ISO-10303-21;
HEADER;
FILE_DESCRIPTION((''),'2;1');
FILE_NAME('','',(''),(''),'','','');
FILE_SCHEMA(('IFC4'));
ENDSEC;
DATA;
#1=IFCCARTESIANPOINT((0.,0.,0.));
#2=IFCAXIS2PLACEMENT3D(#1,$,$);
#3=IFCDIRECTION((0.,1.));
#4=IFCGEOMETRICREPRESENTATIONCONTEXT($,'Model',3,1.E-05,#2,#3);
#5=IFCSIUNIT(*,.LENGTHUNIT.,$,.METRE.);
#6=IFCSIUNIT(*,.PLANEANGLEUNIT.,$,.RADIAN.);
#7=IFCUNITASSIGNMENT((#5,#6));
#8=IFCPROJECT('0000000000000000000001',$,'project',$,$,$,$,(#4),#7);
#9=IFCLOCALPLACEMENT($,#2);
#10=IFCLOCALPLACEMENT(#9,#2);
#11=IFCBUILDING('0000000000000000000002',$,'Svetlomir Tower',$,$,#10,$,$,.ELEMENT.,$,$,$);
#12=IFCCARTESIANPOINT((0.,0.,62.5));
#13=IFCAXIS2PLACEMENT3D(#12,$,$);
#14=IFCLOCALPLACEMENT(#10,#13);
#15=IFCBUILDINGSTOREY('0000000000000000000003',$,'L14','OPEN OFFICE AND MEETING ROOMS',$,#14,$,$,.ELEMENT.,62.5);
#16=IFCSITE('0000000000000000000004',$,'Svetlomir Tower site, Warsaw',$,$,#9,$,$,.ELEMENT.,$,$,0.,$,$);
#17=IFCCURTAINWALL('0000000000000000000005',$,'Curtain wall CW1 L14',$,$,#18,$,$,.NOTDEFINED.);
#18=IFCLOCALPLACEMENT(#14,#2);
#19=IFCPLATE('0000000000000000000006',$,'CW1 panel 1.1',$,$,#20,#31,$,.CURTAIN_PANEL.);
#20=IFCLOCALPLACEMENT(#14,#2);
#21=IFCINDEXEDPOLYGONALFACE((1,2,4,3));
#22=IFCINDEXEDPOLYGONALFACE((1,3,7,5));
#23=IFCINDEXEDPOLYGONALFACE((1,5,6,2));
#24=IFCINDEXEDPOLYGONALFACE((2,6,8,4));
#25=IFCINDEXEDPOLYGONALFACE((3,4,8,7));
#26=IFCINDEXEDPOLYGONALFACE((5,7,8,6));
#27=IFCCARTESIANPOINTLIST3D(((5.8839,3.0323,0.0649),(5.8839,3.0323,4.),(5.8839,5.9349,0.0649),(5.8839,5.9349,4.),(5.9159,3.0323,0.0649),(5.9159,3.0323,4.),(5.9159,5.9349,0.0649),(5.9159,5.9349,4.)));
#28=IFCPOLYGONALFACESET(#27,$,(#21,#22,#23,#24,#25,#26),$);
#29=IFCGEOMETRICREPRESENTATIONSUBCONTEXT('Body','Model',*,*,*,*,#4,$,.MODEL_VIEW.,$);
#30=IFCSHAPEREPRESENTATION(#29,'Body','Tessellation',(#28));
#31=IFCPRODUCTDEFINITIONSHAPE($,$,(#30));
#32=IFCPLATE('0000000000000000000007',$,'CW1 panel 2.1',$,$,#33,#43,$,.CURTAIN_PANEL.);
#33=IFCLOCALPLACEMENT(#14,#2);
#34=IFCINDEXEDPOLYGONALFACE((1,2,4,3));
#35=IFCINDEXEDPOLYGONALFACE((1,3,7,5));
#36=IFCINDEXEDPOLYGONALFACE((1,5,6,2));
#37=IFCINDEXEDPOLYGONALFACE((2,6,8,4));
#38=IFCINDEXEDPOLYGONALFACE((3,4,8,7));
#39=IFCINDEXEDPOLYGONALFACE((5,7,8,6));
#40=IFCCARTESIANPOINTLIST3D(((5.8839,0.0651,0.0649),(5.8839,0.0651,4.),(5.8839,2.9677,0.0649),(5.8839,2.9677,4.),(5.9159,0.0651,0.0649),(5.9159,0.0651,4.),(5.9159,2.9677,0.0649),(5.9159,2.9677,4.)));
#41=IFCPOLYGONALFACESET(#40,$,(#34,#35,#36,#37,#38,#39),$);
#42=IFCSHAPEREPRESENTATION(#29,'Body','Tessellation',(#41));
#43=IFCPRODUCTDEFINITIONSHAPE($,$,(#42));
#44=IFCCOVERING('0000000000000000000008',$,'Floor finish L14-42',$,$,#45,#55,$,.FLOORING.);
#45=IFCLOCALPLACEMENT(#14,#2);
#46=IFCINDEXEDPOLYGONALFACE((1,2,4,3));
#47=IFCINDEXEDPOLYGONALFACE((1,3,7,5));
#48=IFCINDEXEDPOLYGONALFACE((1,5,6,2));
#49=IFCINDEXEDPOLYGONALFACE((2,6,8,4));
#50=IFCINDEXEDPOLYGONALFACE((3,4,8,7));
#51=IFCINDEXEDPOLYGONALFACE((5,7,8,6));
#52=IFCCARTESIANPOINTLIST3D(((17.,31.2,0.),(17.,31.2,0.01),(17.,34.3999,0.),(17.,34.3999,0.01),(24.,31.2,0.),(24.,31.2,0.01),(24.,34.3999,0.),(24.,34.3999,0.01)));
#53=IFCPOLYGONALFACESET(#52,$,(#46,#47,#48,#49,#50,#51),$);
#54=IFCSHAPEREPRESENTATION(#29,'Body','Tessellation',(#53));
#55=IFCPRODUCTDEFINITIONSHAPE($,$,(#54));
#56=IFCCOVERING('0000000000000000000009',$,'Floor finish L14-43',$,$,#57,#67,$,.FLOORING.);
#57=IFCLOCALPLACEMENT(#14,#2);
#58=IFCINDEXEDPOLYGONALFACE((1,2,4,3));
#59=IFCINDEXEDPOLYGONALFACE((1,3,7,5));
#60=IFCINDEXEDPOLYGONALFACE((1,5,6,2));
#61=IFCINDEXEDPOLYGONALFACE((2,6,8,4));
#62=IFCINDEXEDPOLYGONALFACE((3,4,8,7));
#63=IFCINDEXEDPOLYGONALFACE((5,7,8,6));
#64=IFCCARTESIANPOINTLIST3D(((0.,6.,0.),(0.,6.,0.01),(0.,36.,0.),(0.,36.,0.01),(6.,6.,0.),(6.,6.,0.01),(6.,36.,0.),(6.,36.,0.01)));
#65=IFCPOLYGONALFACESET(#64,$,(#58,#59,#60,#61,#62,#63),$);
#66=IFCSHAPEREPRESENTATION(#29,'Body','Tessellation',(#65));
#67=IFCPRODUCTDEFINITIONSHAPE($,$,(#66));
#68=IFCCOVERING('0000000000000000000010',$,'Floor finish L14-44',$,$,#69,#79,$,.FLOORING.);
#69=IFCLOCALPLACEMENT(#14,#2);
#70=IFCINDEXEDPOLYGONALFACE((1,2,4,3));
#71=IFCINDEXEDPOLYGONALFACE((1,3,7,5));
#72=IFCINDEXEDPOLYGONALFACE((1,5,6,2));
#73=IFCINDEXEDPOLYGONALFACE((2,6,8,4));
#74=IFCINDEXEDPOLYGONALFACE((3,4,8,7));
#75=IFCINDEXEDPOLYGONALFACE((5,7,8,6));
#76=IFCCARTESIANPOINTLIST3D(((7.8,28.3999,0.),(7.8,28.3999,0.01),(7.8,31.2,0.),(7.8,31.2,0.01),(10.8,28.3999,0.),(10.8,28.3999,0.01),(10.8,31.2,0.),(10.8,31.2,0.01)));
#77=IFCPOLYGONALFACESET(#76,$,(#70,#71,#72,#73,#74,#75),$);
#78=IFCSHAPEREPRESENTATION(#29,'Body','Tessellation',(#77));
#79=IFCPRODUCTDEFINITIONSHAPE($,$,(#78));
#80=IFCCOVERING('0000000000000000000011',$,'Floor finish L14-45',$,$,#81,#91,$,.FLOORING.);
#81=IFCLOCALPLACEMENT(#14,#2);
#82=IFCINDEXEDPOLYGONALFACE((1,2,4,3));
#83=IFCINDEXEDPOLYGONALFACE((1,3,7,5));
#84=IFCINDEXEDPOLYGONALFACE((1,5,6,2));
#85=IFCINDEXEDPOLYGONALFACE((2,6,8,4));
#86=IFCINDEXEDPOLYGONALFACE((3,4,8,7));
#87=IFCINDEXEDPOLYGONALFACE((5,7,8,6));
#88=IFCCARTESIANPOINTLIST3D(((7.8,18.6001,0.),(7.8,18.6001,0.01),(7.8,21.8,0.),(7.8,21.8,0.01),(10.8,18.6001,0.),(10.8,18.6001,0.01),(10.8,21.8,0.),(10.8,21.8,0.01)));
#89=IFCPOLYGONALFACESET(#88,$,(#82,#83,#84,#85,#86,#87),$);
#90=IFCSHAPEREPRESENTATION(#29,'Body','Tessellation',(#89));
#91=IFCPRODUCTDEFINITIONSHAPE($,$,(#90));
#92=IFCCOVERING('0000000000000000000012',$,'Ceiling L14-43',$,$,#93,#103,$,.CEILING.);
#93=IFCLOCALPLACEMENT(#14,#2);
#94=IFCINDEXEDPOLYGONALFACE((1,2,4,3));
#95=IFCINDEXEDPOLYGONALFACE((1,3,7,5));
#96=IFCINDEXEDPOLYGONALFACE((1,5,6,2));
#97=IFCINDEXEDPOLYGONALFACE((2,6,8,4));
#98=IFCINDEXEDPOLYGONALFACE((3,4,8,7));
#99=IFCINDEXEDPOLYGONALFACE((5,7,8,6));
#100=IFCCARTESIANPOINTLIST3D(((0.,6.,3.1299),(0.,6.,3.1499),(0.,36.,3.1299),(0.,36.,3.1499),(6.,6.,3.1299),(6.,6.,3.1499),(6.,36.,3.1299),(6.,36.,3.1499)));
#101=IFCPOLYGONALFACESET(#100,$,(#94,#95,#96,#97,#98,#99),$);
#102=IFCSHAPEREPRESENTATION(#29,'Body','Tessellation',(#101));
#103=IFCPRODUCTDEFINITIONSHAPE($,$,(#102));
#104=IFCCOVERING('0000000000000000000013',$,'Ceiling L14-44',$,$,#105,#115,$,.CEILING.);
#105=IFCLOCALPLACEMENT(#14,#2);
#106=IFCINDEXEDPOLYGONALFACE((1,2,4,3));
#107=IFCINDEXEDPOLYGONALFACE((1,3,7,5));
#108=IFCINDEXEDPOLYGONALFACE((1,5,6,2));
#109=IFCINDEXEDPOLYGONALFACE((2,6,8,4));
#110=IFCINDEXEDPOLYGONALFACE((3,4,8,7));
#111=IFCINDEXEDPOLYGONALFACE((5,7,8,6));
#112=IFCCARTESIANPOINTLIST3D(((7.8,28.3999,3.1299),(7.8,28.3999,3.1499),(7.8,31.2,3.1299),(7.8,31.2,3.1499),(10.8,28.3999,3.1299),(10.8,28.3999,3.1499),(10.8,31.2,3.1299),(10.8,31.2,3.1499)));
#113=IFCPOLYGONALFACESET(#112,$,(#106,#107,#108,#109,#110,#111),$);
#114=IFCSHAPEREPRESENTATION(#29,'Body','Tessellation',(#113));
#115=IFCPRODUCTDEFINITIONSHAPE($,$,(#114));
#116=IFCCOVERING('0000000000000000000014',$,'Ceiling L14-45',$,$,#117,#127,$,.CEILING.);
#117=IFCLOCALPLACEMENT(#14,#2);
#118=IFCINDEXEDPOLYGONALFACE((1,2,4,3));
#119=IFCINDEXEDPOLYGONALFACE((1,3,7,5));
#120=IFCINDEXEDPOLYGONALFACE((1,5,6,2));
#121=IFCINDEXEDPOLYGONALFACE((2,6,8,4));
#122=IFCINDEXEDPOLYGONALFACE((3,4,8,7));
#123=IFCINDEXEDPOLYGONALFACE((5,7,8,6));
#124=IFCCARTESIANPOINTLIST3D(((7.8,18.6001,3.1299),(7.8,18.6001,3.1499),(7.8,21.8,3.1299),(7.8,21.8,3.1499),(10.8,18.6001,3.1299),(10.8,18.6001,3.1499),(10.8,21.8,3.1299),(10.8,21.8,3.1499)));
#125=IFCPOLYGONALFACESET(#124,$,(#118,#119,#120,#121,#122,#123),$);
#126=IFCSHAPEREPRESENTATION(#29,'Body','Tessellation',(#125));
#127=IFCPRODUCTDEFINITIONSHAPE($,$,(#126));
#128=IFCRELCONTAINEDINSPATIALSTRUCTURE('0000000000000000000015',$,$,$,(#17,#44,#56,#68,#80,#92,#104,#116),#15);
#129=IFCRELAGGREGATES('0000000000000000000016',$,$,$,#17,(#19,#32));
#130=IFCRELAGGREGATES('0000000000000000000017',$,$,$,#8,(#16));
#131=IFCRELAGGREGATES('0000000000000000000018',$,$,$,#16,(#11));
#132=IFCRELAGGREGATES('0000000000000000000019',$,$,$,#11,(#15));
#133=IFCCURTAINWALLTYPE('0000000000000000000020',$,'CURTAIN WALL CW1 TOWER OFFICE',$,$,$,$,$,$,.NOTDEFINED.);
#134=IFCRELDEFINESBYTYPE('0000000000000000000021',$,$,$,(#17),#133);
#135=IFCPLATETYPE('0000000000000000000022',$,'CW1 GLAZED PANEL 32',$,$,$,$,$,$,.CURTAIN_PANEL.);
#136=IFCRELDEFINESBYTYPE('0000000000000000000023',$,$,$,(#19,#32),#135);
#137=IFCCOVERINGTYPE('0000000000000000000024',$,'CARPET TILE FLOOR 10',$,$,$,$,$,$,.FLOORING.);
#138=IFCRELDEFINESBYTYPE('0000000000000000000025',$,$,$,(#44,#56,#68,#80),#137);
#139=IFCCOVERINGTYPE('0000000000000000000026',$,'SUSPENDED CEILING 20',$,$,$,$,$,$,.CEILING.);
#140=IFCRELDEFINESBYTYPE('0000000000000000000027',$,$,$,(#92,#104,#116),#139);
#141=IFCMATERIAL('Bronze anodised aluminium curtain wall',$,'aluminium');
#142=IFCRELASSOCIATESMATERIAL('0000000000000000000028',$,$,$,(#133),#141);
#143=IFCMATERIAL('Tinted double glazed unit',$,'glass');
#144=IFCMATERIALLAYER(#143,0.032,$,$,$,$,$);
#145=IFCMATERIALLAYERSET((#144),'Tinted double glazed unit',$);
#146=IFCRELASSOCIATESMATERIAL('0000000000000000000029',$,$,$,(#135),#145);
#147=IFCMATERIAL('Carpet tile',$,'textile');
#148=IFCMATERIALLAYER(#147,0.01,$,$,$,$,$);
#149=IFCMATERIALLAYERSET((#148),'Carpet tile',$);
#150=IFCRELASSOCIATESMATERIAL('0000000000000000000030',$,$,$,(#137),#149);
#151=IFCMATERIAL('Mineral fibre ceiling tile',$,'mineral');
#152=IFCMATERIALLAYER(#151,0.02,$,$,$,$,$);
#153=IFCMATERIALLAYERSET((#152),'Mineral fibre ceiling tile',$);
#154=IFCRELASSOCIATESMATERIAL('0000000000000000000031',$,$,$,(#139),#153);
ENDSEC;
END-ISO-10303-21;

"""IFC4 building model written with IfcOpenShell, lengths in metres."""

from ifc_helpers import new_model, si_unit, direction, frame, origin, origin_2d, place, context, subcontext, project, spatial, polyline, rectangle, outline, extrude, material, layer, layer_set, type_object, element, aggregate, save


model = new_model("IFC4")

# Units and contexts
model_context = context("Model", 3, precision=1e-05, world=origin(), true_north=direction((0.0, 1.0)))
body_context = subcontext(model_context, "Body", "Model", "MODEL_VIEW")
ifc_project = project(units=[si_unit("LENGTHUNIT", "METRE"), si_unit("PLANEANGLEUNIT", "RADIAN")], contexts=[model_context])

# Site, building, storey
site_placement = place(None, origin())
site = spatial("IfcSite", under=ifc_project, at=site_placement, Name="Svetlomir Tower site, Warsaw", CompositionType="ELEMENT", RefElevation=0.0)
building_placement = place(site_placement, origin())
building = spatial("IfcBuilding", under=site, at=building_placement, Name="Svetlomir Tower", CompositionType="ELEMENT")
storey_placement = place(building_placement, frame((0.0, 0.0, 62.5)))
storey = spatial("IfcBuildingStorey", under=building, at=storey_placement, Name="L14", Description="OPEN OFFICE AND MEETING ROOMS", CompositionType="ELEMENT", Elevation=62.5)

# Shared definitions
ifc_material_1 = material(Name="Bronze anodised aluminium curtain wall", Category="aluminium")
curtain_wall_type = type_object("IfcCurtainWallType", Name="CURTAIN WALL CW1 TOWER OFFICE", PredefinedType="NOTDEFINED", material=ifc_material_1)

# Curtain wall
curtain_wall_1_placement = place(storey_placement, origin())
curtain_wall_1 = element("IfcCurtainWall", 1, at=curtain_wall_1_placement, inside=storey, type_object=curtain_wall_type, Name="Curtain wall CW1 L14", PredefinedType="NOTDEFINED")

# Plates
ifc_material_2 = material(Name="Tinted double glazed unit", Category="glass")
ifc_layer_1 = layer(ifc_material_2, 0.032)
ifc_layer_set_1 = layer_set([ifc_layer_1], Name="Tinted double glazed unit")
plate_type = type_object("IfcPlateType", Name="CW1 GLAZED PANEL 32", PredefinedType="CURTAIN_PANEL", material=ifc_layer_set_1)
plate_1_placement = place(storey_placement, frame((5.8999, 4.4836, 0.0649), z_axis=(0.0, 0.0, 1.0), x_axis=(0.0, -1.0, 0.0)))
plate_1 = element("IfcPlate", 2, at=plate_1_placement, type_object=plate_type, Name="CW1 panel 1.1", PredefinedType="CURTAIN_PANEL", context=body_context, shape_type="SweptSolid", body=[
    extrude(rectangle(XDim=2.9026, YDim=0.032, at=origin_2d()), origin(), (0.0, 0.0, 1.0), 3.9351),
])
plate_2_placement = place(storey_placement, frame((5.8999, 1.5164, 0.0649), z_axis=(0.0, 0.0, 1.0), x_axis=(0.0, -1.0, 0.0)))
plate_2 = element("IfcPlate", 3, at=plate_2_placement, type_object=plate_type, Name="CW1 panel 2.1", PredefinedType="CURTAIN_PANEL", context=body_context, shape_type="SweptSolid", body=[
    extrude(rectangle(XDim=2.9026, YDim=0.032, at=origin_2d()), origin(), (0.0, 0.0, 1.0), 3.9351),
])
aggregate(curtain_wall_1, [plate_1, plate_2])

# Coverings
ifc_material_3 = material(Name="Carpet tile", Category="textile")
ifc_layer_2 = layer(ifc_material_3, 0.01)
ifc_layer_set_2 = layer_set([ifc_layer_2], Name="Carpet tile")
covering_type_1 = type_object("IfcCoveringType", Name="CARPET TILE FLOOR 10", PredefinedType="FLOORING", material=ifc_layer_set_2)
covering_1_placement = place(storey_placement, origin())
element("IfcCovering", 4, at=covering_1_placement, inside=storey, type_object=covering_type_1, Name="Floor finish L14-42", PredefinedType="FLOORING", context=body_context, shape_type="SweptSolid", body=[
    extrude(outline(polyline([(17.0, 31.2), (17.0, 34.3999), (24.0, 34.3999), (24.0, 31.2), (17.0, 31.2)])), origin(), (0.0, 0.0, 1.0), 0.01),
])
covering_2_placement = place(storey_placement, origin())
element("IfcCovering", 5, at=covering_2_placement, inside=storey, type_object=covering_type_1, Name="Floor finish L14-43", PredefinedType="FLOORING", context=body_context, shape_type="SweptSolid", body=[
    extrude(outline(polyline([(0.0, 36.0), (6.0, 36.0), (6.0, 6.0), (0.0, 6.0), (0.0, 36.0)])), origin(), (0.0, 0.0, 1.0), 0.01),
])
covering_3_placement = place(storey_placement, origin())
element("IfcCovering", 6, at=covering_3_placement, inside=storey, type_object=covering_type_1, Name="Floor finish L14-44", PredefinedType="FLOORING", context=body_context, shape_type="SweptSolid", body=[
    extrude(outline(polyline([(7.8, 28.3999), (7.8, 31.2), (10.8, 31.2), (10.8, 28.3999), (7.8, 28.3999)])), origin(), (0.0, 0.0, 1.0), 0.01),
])
covering_4_placement = place(storey_placement, origin())
element("IfcCovering", 7, at=covering_4_placement, inside=storey, type_object=covering_type_1, Name="Floor finish L14-45", PredefinedType="FLOORING", context=body_context, shape_type="SweptSolid", body=[
    extrude(outline(polyline([(7.8, 18.6001), (7.8, 21.8), (10.8, 21.8), (10.8, 18.6001), (7.8, 18.6001)])), origin(), (0.0, 0.0, 1.0), 0.01),
])
ifc_material_4 = material(Name="Mineral fibre ceiling tile", Category="mineral")
ifc_layer_3 = layer(ifc_material_4, 0.02)
ifc_layer_set_3 = layer_set([ifc_layer_3], Name="Mineral fibre ceiling tile")
covering_type_2 = type_object("IfcCoveringType", Name="SUSPENDED CEILING 20", PredefinedType="CEILING", material=ifc_layer_set_3)
covering_5_placement = place(storey_placement, frame((0.0, 0.0, 3.1299)))
element("IfcCovering", 8, at=covering_5_placement, inside=storey, type_object=covering_type_2, Name="Ceiling L14-43", PredefinedType="CEILING", context=body_context, shape_type="SweptSolid", body=[
    extrude(outline(polyline([(0.0, 36.0), (6.0, 36.0), (6.0, 6.0), (0.0, 6.0), (0.0, 36.0)])), origin(), (0.0, 0.0, 1.0), 0.02),
])
covering_6_placement = place(storey_placement, frame((0.0, 0.0, 3.1299)))
element("IfcCovering", 9, at=covering_6_placement, inside=storey, type_object=covering_type_2, Name="Ceiling L14-44", PredefinedType="CEILING", context=body_context, shape_type="SweptSolid", body=[
    extrude(outline(polyline([(7.8, 28.3999), (7.8, 31.2), (10.8, 31.2), (10.8, 28.3999), (7.8, 28.3999)])), origin(), (0.0, 0.0, 1.0), 0.02),
])
covering_7_placement = place(storey_placement, frame((0.0, 0.0, 3.1299)))
element("IfcCovering", 10, at=covering_7_placement, inside=storey, type_object=covering_type_2, Name="Ceiling L14-45", PredefinedType="CEILING", context=body_context, shape_type="SweptSolid", body=[
    extrude(outline(polyline([(7.8, 18.6001), (7.8, 21.8), (10.8, 21.8), (10.8, 18.6001), (7.8, 18.6001)])), origin(), (0.0, 0.0, 1.0), 0.02),
])

save(model, "model.ifc")
